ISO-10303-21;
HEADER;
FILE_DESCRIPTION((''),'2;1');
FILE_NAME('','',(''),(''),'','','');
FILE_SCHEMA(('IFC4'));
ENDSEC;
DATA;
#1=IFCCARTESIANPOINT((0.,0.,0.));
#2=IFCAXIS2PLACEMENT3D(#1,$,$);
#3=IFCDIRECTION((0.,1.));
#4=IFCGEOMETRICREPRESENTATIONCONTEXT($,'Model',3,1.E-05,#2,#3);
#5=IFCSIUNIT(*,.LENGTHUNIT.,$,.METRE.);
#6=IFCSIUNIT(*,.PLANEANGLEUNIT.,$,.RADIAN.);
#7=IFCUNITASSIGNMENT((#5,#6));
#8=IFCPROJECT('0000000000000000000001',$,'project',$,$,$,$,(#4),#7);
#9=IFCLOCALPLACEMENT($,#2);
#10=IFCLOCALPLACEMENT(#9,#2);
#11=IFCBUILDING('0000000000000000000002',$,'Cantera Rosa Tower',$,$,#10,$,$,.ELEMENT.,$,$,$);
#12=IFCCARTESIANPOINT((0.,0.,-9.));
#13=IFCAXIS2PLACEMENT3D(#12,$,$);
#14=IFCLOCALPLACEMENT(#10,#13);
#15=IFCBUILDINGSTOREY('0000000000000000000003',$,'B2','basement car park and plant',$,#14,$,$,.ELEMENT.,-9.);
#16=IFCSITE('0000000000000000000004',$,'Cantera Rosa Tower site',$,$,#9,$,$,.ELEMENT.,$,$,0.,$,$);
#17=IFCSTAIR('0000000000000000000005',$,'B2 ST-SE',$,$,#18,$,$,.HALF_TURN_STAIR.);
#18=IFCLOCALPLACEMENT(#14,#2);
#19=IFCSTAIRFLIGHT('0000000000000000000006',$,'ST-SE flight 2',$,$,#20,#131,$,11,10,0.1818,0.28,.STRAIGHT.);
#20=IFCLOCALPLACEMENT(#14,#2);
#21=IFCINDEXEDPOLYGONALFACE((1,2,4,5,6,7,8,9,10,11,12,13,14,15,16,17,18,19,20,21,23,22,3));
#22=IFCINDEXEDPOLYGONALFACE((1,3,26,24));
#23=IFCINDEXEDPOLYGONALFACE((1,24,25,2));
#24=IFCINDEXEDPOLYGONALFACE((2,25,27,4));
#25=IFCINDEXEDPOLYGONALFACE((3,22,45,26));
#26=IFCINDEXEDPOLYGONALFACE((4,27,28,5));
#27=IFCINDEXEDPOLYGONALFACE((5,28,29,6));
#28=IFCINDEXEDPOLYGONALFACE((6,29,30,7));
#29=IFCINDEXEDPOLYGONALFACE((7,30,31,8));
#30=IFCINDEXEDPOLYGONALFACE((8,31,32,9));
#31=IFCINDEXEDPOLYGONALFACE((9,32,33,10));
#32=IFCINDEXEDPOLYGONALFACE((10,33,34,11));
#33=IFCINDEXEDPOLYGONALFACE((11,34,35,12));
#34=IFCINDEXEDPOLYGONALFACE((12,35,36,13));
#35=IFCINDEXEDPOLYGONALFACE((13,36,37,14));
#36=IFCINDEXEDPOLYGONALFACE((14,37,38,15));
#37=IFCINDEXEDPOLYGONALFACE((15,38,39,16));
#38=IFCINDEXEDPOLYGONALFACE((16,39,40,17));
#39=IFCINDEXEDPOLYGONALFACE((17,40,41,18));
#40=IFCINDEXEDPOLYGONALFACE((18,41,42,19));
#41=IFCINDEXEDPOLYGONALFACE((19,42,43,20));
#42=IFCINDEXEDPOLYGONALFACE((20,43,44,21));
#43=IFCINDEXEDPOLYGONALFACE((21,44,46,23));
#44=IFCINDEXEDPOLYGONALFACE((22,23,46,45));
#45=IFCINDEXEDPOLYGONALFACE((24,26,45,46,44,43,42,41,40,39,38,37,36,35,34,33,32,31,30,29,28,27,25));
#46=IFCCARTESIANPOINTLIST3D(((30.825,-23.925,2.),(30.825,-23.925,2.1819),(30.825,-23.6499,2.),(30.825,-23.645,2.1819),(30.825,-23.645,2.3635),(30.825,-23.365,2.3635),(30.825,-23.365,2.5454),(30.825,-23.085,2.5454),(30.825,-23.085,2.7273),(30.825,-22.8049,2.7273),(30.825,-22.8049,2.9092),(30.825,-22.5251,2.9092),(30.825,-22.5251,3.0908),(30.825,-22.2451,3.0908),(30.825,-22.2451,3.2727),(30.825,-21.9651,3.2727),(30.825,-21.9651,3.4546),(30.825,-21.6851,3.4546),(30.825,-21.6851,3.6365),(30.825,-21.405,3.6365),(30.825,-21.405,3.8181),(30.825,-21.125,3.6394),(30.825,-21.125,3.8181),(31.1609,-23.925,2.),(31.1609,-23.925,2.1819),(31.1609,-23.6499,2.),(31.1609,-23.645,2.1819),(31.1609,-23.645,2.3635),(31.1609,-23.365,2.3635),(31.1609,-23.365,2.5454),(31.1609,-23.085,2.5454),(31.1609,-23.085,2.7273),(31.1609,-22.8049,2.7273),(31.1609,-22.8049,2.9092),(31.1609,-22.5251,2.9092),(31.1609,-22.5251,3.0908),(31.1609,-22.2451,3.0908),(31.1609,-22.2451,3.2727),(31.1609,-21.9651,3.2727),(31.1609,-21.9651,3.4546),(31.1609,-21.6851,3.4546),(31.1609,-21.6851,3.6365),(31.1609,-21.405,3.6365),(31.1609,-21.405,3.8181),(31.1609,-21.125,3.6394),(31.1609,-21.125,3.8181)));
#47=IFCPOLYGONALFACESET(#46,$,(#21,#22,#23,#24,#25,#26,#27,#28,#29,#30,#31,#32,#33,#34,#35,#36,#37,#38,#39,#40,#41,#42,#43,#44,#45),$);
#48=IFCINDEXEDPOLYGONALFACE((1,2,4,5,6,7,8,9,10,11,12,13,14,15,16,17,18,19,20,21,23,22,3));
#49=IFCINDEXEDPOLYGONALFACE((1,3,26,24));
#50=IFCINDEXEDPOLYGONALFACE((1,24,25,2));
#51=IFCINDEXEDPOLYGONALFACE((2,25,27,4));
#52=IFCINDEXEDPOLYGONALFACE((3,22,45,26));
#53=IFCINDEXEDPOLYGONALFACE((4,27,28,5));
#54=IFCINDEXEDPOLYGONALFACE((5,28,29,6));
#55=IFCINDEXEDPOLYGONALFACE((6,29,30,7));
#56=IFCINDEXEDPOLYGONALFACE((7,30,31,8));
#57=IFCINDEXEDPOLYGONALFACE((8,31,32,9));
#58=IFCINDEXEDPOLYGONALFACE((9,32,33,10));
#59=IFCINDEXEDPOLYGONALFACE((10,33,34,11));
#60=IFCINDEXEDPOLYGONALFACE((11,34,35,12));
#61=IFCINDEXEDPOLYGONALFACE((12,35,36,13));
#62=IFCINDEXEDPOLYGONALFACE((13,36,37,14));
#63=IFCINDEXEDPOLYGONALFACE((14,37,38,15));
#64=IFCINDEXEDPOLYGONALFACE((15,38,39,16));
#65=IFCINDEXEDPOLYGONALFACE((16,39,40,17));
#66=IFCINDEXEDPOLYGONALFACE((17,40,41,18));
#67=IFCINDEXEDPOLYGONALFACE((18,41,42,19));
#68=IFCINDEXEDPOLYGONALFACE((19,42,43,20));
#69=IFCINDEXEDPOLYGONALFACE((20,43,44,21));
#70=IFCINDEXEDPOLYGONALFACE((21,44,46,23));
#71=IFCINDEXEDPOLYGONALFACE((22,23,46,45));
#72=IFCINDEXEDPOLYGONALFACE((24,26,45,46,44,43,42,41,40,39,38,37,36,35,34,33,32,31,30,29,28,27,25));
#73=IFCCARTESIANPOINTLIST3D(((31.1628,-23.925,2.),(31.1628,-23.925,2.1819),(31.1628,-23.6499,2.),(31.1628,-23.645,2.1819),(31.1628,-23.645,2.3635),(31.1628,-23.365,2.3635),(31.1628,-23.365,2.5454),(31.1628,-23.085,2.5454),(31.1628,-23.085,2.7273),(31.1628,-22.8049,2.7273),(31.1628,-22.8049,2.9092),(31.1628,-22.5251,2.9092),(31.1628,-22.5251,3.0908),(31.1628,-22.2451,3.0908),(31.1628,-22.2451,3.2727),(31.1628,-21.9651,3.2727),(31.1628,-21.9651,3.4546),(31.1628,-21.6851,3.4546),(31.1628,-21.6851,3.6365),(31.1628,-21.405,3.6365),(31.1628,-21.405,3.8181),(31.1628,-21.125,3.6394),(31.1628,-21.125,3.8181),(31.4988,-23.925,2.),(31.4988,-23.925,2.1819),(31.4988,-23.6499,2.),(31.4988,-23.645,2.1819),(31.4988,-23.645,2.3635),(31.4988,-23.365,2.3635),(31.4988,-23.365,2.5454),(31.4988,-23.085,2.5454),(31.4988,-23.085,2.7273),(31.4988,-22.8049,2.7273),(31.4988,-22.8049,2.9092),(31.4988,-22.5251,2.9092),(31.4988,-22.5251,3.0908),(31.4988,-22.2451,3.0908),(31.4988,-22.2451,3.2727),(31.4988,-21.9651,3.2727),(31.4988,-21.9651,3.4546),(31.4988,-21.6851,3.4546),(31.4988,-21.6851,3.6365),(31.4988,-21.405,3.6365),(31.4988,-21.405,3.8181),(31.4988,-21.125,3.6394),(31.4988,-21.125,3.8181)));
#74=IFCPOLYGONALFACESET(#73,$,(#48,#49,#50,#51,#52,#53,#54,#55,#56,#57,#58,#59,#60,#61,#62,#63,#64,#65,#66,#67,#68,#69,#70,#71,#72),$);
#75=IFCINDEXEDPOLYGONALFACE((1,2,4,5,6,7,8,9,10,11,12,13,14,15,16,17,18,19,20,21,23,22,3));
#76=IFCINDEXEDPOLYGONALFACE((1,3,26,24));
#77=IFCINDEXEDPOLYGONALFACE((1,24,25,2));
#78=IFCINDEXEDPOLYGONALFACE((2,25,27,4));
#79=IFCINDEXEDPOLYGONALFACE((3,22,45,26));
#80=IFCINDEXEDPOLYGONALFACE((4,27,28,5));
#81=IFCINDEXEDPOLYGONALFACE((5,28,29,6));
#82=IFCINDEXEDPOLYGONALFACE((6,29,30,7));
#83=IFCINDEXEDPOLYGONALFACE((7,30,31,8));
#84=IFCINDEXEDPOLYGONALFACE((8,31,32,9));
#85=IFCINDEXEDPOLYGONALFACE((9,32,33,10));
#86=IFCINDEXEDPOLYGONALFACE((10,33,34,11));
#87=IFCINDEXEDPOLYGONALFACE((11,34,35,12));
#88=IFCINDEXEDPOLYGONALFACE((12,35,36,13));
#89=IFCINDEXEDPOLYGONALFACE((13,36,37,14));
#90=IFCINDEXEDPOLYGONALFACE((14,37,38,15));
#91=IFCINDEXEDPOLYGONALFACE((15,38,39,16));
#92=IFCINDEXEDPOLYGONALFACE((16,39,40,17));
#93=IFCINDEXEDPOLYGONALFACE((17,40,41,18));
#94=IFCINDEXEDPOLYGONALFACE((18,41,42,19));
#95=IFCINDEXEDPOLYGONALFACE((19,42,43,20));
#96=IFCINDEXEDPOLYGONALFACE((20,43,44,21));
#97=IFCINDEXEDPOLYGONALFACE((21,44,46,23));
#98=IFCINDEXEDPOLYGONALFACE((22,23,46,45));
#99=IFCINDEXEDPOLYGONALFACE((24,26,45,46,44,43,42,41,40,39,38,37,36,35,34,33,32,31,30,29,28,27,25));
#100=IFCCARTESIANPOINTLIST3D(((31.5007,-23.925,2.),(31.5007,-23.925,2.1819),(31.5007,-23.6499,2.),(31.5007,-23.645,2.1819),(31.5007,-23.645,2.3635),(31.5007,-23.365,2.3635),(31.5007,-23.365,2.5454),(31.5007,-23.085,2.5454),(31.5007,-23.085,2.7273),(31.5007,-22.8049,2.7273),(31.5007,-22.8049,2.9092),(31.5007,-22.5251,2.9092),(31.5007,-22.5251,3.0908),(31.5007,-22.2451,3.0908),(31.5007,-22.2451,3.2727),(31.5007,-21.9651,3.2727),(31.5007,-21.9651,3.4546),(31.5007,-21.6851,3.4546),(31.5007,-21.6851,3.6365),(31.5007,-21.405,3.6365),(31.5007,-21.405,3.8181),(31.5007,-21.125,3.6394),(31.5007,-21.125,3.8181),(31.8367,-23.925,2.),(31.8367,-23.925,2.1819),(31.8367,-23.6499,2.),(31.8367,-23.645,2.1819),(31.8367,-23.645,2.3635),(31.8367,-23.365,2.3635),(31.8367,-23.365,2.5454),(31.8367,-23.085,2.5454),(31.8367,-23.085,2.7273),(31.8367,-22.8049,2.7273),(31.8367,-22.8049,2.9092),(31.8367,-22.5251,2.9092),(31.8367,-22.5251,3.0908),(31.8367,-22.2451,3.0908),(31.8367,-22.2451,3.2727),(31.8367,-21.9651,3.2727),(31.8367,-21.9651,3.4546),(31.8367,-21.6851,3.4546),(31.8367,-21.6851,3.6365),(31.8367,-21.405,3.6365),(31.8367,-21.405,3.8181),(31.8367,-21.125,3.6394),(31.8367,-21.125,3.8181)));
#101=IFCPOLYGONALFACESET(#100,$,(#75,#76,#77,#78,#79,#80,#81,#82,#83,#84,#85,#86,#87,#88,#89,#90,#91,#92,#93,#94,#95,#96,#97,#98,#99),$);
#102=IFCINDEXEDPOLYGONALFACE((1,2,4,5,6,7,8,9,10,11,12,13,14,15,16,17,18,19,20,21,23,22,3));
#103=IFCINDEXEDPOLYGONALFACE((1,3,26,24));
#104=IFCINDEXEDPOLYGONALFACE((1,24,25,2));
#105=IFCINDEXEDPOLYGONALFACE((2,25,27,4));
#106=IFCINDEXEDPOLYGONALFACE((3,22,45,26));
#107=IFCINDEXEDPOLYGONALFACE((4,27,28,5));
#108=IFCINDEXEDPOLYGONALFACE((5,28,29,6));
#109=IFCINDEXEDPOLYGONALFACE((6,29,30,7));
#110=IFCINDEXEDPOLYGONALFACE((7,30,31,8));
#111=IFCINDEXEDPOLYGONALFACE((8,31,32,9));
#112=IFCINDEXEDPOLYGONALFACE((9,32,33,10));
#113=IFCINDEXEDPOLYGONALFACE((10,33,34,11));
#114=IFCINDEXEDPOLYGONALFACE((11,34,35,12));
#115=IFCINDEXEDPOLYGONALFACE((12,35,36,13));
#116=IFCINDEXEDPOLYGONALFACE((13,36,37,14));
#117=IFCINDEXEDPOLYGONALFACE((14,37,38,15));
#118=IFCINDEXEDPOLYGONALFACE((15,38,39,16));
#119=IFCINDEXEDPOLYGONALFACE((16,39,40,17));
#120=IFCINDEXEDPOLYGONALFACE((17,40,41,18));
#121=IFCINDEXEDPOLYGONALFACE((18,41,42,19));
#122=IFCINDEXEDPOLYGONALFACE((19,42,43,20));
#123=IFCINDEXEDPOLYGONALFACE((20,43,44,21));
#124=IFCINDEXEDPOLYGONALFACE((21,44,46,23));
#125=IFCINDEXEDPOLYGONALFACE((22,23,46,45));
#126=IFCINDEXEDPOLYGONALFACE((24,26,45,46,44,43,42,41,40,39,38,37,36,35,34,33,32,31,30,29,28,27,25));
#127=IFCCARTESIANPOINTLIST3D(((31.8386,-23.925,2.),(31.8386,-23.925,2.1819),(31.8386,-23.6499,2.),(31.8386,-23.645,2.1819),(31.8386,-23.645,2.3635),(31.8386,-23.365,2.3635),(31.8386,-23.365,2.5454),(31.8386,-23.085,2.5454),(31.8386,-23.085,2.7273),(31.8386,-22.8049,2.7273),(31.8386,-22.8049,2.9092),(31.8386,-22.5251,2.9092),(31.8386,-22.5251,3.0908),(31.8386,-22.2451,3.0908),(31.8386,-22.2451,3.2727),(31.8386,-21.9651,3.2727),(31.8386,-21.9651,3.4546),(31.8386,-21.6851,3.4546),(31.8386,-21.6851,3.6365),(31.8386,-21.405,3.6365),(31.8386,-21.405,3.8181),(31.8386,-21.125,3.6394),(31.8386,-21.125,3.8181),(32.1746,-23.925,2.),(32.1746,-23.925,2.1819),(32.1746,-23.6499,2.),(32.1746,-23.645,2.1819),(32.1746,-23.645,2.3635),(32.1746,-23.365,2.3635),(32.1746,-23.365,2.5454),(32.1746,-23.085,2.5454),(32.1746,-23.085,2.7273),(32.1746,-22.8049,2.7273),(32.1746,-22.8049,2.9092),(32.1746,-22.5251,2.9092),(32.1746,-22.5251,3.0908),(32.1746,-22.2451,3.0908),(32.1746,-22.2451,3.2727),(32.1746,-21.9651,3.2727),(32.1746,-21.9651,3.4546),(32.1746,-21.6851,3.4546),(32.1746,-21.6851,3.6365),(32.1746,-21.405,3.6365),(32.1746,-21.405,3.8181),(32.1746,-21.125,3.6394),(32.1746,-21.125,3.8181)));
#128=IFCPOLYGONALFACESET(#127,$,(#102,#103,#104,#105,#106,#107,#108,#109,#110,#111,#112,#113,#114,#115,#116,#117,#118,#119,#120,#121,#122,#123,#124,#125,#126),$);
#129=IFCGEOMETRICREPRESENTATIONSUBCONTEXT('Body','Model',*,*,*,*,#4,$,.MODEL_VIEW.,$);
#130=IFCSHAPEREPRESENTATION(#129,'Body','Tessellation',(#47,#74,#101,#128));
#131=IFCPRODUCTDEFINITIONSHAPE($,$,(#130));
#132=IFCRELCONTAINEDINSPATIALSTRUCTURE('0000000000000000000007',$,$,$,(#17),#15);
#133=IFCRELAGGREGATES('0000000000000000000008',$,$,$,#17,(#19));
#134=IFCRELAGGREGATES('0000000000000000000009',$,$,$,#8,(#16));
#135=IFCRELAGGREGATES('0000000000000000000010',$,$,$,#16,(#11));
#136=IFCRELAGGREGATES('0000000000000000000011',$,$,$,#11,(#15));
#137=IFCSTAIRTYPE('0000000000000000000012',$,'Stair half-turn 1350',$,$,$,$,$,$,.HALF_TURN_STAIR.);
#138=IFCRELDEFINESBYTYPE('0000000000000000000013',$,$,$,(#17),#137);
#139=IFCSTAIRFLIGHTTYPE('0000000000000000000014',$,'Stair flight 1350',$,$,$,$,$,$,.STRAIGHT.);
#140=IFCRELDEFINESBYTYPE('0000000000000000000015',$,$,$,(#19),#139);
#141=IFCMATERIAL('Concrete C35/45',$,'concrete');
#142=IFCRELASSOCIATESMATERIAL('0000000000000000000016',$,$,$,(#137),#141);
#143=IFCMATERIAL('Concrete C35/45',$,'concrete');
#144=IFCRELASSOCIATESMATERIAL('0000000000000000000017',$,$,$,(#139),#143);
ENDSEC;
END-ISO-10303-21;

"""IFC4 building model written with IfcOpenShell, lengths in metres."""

from ifc_helpers import new_model, si_unit, direction, frame, origin, place, context, subcontext, project, spatial, polyline, outline, extrude, material, type_object, element, aggregate, save


model = new_model("IFC4")

# Units and contexts
model_context = context("Model", 3, precision=1e-05, world=origin(), true_north=direction((0.0, 1.0)))
body_context = subcontext(model_context, "Body", "Model", "MODEL_VIEW")
ifc_project = project(units=[si_unit("LENGTHUNIT", "METRE"), si_unit("PLANEANGLEUNIT", "RADIAN")], contexts=[model_context])

# Site, building, storey
site_placement = place(None, origin())
site = spatial("IfcSite", under=ifc_project, at=site_placement, Name="Cantera Rosa Tower site", CompositionType="ELEMENT", RefElevation=0.0)
building_placement = place(site_placement, origin())
building = spatial("IfcBuilding", under=site, at=building_placement, Name="Cantera Rosa Tower", CompositionType="ELEMENT")
storey_placement = place(building_placement, frame((0.0, 0.0, -9.0)))
storey = spatial("IfcBuildingStorey", under=building, at=storey_placement, Name="B2", Description="basement car park and plant", CompositionType="ELEMENT", Elevation=-9.0)

# Stair, stair flight
ifc_material_1 = material(Name="Concrete C35/45", Category="concrete")
stair_type = type_object("IfcStairType", Name="Stair half-turn 1350", PredefinedType="HALF_TURN_STAIR", material=ifc_material_1)
stair_placement = place(storey_placement, origin())
stair = element("IfcStair", 1, at=stair_placement, inside=storey, type_object=stair_type, Name="B2 ST-SE", PredefinedType="HALF_TURN_STAIR")
ifc_material_2 = material(Name="Concrete C35/45", Category="concrete")
stair_flight_type = type_object("IfcStairFlightType", Name="Stair flight 1350", PredefinedType="STRAIGHT", material=ifc_material_2)
stair_flight_1_placement = place(storey_placement, frame((31.5, -23.925, 2.0), z_axis=(0.0, 0.0, 1.0), x_axis=(0.0, 1.0, 0.0)))
stair_flight_1 = element("IfcStairFlight", 2, at=stair_flight_1_placement, type_object=stair_flight_type, Name="ST-SE flight 2", NumberOfRisers=11, NumberOfTreads=10, PredefinedType="STRAIGHT", RiserHeight=0.1818, TreadLength=0.28, context=body_context, shape_type="SweptSolid", body=[
    extrude(outline(polyline([(0.0, 0.0), (0.0, 0.1819), (0.28, 0.1819), (0.28, 0.3635), (0.5601, 0.3635), (0.5601, 0.5454), (0.8401, 0.5454), (0.8401, 0.7273), (1.1201, 0.7273), (1.1201, 0.9092), (1.3999, 0.9092), (1.3999, 1.0908), (1.6799, 1.0908), (1.6799, 1.2727), (1.96, 1.2727), (1.96, 1.4546), (2.24, 1.4546), (2.24, 1.6365), (2.52, 1.6365), (2.52, 1.8181), (2.8, 1.8181), (2.8, 2.0), (2.8, 1.6394), (0.2751, 0.0), (0.0, 0.0)])), frame((0.0, 0.675, 0.0), z_axis=(0.0, -1.0, 0.0), x_axis=(1.0, 0.0, 0.0)), (0.0, 0.0, 1.0), 0.3359),
    extrude(outline(polyline([(0.0, 0.0), (0.0, 0.1819), (0.28, 0.1819), (0.28, 0.3635), (0.5601, 0.3635), (0.5601, 0.5454), (0.8401, 0.5454), (0.8401, 0.7273), (1.1201, 0.7273), (1.1201, 0.9092), (1.3999, 0.9092), (1.3999, 1.0908), (1.6799, 1.0908), (1.6799, 1.2727), (1.96, 1.2727), (1.96, 1.4546), (2.24, 1.4546), (2.24, 1.6365), (2.52, 1.6365), (2.52, 1.8181), (2.8, 1.8181), (2.8, 2.0), (2.8, 1.6394), (0.2751, 0.0), (0.0, 0.0)])), frame((0.0, 0.3372, 0.0), z_axis=(0.0, -1.0, 0.0), x_axis=(1.0, 0.0, 0.0)), (0.0, 0.0, 1.0), 0.3359),
    extrude(outline(polyline([(0.0, 0.0), (0.0, 0.1819), (0.28, 0.1819), (0.28, 0.3635), (0.5601, 0.3635), (0.5601, 0.5454), (0.8401, 0.5454), (0.8401, 0.7273), (1.1201, 0.7273), (1.1201, 0.9092), (1.3999, 0.9092), (1.3999, 1.0908), (1.6799, 1.0908), (1.6799, 1.2727), (1.96, 1.2727), (1.96, 1.4546), (2.24, 1.4546), (2.24, 1.6365), (2.52, 1.6365), (2.52, 1.8181), (2.8, 1.8181), (2.8, 2.0), (2.8, 1.6394), (0.2751, 0.0), (0.0, 0.0)])), frame((0.0, -0.0007, 0.0), z_axis=(0.0, -1.0, 0.0), x_axis=(1.0, 0.0, 0.0)), (0.0, 0.0, 1.0), 0.3359),
    extrude(outline(polyline([(0.0, 0.0), (0.0, 0.1819), (0.28, 0.1819), (0.28, 0.3635), (0.5601, 0.3635), (0.5601, 0.5454), (0.8401, 0.5454), (0.8401, 0.7273), (1.1201, 0.7273), (1.1201, 0.9092), (1.3999, 0.9092), (1.3999, 1.0908), (1.6799, 1.0908), (1.6799, 1.2727), (1.96, 1.2727), (1.96, 1.4546), (2.24, 1.4546), (2.24, 1.6365), (2.52, 1.6365), (2.52, 1.8181), (2.8, 1.8181), (2.8, 2.0), (2.8, 1.6394), (0.2751, 0.0), (0.0, 0.0)])), frame((0.0, -0.3386, 0.0), z_axis=(0.0, -1.0, 0.0), x_axis=(1.0, 0.0, 0.0)), (0.0, 0.0, 1.0), 0.3359),
])
aggregate(stair, [stair_flight_1])

save(model, "model.ifc")
